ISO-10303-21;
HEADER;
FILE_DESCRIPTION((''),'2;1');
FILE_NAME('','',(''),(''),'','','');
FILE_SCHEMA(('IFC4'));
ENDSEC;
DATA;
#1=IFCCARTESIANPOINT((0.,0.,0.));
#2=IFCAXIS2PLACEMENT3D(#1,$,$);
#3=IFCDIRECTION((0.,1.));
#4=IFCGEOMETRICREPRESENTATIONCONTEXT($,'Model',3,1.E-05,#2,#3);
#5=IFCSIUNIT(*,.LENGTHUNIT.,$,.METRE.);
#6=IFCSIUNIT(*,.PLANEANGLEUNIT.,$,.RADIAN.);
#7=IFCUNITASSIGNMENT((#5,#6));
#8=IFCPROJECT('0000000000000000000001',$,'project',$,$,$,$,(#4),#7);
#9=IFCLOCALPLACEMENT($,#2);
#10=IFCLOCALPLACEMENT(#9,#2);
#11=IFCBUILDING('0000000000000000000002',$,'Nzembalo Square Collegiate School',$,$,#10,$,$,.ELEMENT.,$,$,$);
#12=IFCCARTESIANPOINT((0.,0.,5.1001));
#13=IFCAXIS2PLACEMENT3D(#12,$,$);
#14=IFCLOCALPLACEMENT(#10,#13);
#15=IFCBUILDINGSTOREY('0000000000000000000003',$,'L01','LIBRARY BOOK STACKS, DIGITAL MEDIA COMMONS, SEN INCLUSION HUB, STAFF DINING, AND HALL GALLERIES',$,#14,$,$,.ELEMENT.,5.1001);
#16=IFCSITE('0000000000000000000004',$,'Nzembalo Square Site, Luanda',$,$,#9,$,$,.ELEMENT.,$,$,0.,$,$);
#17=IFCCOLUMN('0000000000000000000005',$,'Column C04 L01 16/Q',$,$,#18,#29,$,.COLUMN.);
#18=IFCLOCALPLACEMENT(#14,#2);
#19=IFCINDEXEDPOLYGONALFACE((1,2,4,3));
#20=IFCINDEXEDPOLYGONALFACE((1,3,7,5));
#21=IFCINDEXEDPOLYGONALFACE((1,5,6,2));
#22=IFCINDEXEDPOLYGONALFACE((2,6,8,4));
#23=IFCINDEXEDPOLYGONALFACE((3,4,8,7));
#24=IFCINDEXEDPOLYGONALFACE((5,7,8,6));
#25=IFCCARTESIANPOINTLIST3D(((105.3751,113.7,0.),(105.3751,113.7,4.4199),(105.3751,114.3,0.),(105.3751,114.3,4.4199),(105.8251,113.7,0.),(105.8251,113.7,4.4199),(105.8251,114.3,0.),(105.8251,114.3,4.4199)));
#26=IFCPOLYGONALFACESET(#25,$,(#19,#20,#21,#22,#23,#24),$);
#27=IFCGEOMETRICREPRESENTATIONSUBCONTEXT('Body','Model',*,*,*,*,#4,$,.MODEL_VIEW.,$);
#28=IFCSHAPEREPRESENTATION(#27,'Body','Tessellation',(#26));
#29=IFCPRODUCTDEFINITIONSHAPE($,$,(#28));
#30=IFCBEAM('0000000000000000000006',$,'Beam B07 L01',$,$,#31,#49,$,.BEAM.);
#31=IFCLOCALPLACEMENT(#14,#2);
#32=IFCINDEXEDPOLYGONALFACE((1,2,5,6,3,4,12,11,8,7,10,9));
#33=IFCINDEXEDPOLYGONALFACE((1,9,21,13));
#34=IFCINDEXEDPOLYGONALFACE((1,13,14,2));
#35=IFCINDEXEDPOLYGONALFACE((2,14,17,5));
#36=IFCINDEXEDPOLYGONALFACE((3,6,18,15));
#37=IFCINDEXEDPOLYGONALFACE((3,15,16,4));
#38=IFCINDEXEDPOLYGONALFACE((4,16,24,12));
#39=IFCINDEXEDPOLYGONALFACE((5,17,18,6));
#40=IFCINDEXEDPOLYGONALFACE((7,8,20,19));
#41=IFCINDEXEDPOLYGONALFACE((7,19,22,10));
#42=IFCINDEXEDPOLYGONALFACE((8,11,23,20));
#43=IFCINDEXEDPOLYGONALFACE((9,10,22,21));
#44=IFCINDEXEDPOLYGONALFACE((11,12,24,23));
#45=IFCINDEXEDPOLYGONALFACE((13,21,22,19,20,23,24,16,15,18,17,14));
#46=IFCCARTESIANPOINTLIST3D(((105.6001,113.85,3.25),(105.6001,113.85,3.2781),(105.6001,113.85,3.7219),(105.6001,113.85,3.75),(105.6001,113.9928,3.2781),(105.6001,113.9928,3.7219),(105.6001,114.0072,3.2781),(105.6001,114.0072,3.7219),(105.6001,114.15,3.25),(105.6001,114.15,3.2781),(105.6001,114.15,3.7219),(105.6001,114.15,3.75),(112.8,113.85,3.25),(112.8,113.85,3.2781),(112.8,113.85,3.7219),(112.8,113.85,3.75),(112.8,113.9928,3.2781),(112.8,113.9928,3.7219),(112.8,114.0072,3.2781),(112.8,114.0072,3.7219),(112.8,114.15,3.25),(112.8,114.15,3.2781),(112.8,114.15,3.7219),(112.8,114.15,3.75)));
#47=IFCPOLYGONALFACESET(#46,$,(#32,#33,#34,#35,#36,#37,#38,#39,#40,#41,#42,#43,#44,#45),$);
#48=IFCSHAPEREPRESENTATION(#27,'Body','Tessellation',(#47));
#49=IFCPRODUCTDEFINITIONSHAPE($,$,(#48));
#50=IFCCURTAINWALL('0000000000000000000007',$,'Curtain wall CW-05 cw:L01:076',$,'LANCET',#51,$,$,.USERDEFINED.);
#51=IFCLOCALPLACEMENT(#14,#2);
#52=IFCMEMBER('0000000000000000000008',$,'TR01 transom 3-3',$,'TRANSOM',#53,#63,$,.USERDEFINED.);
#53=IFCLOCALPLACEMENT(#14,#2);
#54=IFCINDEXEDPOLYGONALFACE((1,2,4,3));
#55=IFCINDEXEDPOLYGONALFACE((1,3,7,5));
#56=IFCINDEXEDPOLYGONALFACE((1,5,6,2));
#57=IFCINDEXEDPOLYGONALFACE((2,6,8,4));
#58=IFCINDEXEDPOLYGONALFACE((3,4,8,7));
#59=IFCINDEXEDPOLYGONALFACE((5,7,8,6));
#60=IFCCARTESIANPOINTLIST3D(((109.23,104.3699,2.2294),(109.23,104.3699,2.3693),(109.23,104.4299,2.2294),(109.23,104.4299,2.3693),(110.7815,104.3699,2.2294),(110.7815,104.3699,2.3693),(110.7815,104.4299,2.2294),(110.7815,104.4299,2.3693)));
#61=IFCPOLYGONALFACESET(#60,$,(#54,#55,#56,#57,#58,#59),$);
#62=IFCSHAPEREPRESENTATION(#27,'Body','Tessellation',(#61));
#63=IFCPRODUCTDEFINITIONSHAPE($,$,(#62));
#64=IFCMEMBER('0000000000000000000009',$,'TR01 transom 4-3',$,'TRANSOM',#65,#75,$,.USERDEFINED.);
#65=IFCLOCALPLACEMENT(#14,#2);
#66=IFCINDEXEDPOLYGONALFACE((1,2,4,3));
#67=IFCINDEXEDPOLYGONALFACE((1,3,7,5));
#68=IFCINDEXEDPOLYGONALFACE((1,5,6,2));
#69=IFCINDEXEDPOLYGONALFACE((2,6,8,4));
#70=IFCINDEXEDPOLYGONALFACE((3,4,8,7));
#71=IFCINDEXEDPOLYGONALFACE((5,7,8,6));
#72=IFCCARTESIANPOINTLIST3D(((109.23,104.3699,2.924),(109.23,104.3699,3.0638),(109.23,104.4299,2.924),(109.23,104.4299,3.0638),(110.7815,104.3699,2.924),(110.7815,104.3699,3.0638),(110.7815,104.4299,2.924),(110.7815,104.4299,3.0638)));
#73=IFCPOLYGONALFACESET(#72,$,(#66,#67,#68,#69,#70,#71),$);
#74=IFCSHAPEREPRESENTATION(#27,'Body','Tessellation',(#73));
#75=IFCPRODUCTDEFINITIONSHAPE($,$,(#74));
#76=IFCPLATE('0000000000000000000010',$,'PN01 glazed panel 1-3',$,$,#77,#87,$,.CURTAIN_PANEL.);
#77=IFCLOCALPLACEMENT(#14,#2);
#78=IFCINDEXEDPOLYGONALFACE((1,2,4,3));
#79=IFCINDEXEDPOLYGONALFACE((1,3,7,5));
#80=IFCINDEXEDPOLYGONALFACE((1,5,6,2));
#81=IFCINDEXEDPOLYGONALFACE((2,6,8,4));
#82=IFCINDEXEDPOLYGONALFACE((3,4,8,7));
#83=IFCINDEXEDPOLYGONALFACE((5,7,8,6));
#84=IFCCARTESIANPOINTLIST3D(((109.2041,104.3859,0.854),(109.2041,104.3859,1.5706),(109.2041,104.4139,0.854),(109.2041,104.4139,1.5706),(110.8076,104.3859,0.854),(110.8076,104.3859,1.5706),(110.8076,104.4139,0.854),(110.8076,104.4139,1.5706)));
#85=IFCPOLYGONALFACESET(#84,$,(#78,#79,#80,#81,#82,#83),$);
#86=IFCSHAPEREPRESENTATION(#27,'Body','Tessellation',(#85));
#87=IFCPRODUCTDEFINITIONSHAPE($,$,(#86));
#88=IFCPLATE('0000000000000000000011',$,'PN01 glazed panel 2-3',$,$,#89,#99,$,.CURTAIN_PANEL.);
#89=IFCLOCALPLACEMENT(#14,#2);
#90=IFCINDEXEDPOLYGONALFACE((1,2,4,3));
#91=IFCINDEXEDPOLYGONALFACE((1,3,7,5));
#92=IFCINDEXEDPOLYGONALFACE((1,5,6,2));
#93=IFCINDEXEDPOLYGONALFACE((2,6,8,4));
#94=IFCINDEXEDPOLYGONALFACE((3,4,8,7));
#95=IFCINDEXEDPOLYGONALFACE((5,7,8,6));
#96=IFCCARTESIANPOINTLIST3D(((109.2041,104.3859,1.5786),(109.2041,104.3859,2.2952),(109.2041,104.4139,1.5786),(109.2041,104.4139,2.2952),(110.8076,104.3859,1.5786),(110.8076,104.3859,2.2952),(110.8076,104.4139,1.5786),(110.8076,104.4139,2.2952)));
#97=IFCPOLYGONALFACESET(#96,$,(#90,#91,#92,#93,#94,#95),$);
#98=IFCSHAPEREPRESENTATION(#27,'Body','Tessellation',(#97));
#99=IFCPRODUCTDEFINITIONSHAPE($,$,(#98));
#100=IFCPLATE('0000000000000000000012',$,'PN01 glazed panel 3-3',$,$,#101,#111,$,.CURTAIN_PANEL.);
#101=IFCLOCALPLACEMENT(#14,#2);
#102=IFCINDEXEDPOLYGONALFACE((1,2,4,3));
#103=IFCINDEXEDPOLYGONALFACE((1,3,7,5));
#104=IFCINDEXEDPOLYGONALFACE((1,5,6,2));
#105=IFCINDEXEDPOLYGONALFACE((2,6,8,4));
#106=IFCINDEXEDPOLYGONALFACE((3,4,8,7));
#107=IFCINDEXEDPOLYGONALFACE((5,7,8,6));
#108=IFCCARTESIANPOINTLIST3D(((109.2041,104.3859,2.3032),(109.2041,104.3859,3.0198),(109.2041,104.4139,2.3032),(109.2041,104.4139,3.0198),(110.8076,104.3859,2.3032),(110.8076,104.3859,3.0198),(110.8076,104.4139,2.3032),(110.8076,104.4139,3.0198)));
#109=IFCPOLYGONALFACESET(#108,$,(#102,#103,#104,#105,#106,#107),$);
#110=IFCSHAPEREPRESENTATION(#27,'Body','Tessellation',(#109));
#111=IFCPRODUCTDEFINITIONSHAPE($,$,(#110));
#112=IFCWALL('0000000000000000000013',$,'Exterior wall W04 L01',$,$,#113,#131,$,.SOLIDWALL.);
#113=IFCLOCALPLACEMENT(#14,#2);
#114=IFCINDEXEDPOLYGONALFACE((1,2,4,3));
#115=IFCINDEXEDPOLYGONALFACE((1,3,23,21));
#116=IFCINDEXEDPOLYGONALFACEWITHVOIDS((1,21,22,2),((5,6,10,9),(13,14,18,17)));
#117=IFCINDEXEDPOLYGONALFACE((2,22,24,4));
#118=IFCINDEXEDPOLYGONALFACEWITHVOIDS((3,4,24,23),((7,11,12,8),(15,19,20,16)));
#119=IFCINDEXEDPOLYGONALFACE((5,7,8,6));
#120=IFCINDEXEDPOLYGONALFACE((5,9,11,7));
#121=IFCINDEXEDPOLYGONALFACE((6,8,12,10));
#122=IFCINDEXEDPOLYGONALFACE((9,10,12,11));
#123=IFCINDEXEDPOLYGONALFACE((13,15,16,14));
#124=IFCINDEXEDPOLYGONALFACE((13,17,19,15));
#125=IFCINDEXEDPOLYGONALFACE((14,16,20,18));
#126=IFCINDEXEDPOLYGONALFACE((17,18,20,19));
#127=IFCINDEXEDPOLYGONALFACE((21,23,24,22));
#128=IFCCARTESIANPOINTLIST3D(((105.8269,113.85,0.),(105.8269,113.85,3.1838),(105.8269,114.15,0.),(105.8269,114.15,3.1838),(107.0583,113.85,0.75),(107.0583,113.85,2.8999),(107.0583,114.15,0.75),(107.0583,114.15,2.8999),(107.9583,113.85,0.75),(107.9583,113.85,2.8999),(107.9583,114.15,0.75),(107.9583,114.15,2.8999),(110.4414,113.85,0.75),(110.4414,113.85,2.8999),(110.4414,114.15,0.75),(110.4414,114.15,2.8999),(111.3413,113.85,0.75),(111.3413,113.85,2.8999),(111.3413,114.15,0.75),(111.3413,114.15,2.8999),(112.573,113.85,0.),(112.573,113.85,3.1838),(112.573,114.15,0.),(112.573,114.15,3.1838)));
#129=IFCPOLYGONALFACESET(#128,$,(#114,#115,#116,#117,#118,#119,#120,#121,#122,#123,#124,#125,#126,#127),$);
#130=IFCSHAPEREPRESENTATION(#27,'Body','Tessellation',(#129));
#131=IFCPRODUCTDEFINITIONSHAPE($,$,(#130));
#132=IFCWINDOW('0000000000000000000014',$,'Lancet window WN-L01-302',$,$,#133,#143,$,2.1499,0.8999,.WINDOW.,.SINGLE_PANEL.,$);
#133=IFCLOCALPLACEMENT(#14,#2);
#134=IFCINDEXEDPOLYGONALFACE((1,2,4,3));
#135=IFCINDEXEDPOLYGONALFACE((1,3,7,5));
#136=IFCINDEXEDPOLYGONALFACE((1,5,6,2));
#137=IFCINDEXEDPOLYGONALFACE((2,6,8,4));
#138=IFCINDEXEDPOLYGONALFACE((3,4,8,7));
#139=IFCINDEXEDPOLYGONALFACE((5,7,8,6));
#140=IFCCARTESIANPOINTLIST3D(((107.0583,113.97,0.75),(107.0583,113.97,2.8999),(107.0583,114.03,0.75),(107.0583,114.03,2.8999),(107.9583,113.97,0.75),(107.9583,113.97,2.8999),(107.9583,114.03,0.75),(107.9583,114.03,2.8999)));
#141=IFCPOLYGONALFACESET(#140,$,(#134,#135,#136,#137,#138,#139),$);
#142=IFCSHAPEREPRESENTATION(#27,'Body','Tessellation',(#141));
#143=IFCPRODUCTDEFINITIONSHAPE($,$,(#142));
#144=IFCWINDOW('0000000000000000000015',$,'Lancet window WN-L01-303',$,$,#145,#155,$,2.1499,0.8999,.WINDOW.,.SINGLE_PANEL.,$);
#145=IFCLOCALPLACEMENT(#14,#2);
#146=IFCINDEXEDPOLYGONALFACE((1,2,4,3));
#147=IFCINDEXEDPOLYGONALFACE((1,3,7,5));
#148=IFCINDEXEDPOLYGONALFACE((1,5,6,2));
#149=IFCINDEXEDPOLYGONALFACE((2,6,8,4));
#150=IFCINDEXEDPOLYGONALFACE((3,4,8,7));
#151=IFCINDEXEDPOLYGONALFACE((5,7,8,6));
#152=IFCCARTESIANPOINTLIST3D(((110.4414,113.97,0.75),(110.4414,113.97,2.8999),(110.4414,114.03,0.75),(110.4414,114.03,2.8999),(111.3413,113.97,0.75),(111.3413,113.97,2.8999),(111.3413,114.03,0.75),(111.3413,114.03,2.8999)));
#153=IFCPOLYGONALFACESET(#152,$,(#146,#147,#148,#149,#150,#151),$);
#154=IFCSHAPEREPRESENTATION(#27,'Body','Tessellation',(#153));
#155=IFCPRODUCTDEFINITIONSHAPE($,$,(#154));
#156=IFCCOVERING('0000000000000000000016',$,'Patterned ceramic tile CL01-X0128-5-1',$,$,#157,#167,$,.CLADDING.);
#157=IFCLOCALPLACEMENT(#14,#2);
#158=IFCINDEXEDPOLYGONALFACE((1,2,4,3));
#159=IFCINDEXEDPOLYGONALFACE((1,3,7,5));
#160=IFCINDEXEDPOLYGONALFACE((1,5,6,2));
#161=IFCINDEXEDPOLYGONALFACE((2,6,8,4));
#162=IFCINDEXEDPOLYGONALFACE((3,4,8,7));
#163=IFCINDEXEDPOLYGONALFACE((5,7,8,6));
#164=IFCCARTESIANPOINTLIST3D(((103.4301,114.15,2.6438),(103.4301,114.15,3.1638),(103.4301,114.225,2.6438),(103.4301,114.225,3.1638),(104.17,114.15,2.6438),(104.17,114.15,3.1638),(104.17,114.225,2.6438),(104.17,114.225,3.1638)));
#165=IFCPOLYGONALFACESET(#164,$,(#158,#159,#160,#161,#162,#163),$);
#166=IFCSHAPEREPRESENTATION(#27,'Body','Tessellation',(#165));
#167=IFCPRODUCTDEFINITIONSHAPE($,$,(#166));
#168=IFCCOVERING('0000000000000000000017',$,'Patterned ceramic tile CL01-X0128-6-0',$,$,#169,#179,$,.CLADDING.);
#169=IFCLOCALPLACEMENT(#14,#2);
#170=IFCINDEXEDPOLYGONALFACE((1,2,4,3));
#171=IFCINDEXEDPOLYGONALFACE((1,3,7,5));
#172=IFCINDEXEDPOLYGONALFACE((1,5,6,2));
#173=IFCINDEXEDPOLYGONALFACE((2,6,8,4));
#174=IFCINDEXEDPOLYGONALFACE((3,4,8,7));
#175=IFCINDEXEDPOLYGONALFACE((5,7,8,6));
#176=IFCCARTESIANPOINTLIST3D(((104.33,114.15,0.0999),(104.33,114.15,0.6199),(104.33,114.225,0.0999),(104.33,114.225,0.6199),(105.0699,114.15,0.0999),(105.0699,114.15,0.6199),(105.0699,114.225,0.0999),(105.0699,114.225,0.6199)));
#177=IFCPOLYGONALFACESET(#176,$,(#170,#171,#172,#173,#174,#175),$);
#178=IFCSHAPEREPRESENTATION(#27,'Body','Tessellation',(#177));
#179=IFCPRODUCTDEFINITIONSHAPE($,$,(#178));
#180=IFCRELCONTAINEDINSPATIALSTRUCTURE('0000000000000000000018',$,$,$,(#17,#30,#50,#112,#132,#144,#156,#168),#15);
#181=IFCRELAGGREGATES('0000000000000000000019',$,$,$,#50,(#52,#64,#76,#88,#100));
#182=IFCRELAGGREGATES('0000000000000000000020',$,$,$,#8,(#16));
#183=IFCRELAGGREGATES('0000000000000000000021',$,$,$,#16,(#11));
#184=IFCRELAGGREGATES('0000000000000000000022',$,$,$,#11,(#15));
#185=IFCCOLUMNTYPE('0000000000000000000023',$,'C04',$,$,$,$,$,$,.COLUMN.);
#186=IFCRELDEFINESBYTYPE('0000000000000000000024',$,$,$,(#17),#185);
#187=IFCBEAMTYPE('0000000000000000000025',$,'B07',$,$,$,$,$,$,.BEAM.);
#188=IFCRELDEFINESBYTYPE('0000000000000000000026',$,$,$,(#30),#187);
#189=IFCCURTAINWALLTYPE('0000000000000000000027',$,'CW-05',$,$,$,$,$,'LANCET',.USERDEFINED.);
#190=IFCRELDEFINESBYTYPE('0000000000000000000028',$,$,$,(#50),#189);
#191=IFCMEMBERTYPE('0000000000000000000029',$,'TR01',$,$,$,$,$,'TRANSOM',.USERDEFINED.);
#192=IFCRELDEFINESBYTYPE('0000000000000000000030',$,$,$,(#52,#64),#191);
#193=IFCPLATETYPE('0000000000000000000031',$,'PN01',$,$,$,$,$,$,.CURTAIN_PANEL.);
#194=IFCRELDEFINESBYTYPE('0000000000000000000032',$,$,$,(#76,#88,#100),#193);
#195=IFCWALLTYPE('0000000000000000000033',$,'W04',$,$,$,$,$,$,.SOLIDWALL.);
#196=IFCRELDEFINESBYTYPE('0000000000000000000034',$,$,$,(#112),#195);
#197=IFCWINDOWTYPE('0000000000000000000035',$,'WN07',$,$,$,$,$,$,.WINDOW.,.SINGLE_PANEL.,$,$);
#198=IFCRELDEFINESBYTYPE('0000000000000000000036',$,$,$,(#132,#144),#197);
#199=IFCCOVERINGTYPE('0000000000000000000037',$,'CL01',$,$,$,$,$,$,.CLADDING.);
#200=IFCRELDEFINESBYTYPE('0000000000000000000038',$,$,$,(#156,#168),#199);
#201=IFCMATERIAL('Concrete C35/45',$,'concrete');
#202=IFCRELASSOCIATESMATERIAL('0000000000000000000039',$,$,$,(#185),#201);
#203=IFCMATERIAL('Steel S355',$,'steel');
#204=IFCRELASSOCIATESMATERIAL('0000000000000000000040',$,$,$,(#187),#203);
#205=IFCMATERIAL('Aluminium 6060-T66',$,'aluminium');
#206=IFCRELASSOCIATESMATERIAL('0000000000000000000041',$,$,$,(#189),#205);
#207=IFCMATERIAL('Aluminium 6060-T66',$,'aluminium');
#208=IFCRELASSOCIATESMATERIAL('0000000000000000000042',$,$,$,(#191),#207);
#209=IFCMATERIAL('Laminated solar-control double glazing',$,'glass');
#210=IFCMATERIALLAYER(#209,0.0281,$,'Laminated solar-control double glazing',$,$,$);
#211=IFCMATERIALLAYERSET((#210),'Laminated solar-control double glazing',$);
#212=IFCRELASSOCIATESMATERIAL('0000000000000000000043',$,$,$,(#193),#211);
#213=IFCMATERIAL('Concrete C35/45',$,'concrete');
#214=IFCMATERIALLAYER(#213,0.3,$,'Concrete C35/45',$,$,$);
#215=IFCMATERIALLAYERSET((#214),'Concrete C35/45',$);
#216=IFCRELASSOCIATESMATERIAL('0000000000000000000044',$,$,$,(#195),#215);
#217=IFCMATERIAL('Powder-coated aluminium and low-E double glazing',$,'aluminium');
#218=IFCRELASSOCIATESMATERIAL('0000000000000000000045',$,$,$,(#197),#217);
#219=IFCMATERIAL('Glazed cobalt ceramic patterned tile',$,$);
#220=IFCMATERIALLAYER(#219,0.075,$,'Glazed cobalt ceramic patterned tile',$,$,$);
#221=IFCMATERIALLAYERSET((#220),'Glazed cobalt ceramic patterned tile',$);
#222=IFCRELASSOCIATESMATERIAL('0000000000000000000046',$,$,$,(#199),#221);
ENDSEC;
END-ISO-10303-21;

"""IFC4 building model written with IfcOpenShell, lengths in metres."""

from ifc_helpers import new_model, si_unit, direction, frame, frame_2d, origin, origin_2d, place, context, subcontext, project, spatial, rectangle, i_section, extrude, material, layer, layer_set, material_profile, profile_set, type_object, element, fill, aggregate, save


model = new_model("IFC4")

# Units and contexts
model_context = context("Model", 3, precision=1e-05, world=origin(), true_north=direction((0.0, 1.0)))
body_context = subcontext(model_context, "Body", "Model", "MODEL_VIEW")
ifc_project = project(units=[si_unit("LENGTHUNIT", "METRE"), si_unit("PLANEANGLEUNIT", "RADIAN")], contexts=[model_context])

# Site, building, storey
site_placement = place(None, origin())
site = spatial("IfcSite", under=ifc_project, at=site_placement, Name="Nzembalo Square Site, Luanda", CompositionType="ELEMENT", RefElevation=0.0)
building_placement = place(site_placement, origin())
building = spatial("IfcBuilding", under=site, at=building_placement, Name="Nzembalo Square Collegiate School", CompositionType="ELEMENT")
storey_placement = place(building_placement, frame((0.0, 0.0, 5.1001)))
storey = spatial("IfcBuildingStorey", under=building, at=storey_placement, Name="L01", Description="LIBRARY BOOK STACKS, DIGITAL MEDIA COMMONS, SEN INCLUSION HUB, STAFF DINING, AND HALL GALLERIES", CompositionType="ELEMENT", Elevation=5.1001)

# Column
ifc_material_1 = material(Name="Concrete C35/45", Category="concrete")
ifc_material_profile_1 = material_profile(ifc_material_1, rectangle(XDim=0.45, YDim=0.6001, at=origin_2d()), Name="RC 450x600")
ifc_profile_set_1 = profile_set([ifc_material_profile_1], Name="Concrete C35/45")
column_type = type_object("IfcColumnType", Name="C04", PredefinedType="COLUMN", material=ifc_profile_set_1)
column_placement = place(storey_placement, frame((105.6001, 114.0, 0.0), z_axis=(0.0, 0.0, 1.0), x_axis=(1.0, 0.0, 0.0)))
element("IfcColumn", 1, at=column_placement, inside=storey, type_object=column_type, Name="Column C04 L01 16/Q", PredefinedType="COLUMN", context=body_context, shape_type="SweptSolid", body=[
    extrude(rectangle(XDim=0.45, YDim=0.6001, at=origin_2d()), origin(), (0.0, 0.0, 1.0), 4.4199),
])

# Beam
ifc_material_2 = material(Name="Steel S355", Category="steel")
ifc_material_profile_2 = material_profile(ifc_material_2, i_section(OverallWidth=0.3, OverallDepth=0.5, WebThickness=0.0144, FlangeThickness=0.0281, at=origin_2d()), Name="HEB 500")
ifc_profile_set_2 = profile_set([ifc_material_profile_2], Name="Steel S355")
beam_type = type_object("IfcBeamType", Name="B07", PredefinedType="BEAM", material=ifc_profile_set_2)
beam_placement = place(storey_placement, frame((105.6001, 114.0, 3.5), z_axis=(1.0, 0.0, 0.0), x_axis=(0.0, 1.0, 0.0)))
element("IfcBeam", 2, at=beam_placement, inside=storey, type_object=beam_type, Name="Beam B07 L01", PredefinedType="BEAM", context=body_context, shape_type="SweptSolid", body=[
    extrude(i_section(OverallWidth=0.3, OverallDepth=0.5, WebThickness=0.0144, FlangeThickness=0.0281, at=origin_2d()), origin(), (0.0, 0.0, 1.0), 7.2),
])

# Curtain wall, members, plates
ifc_material_3 = material(Name="Aluminium 6060-T66", Category="aluminium")
curtain_wall_type = type_object("IfcCurtainWallType", Name="CW-05", ElementType="LANCET", PredefinedType="USERDEFINED", material=ifc_material_3)
curtain_wall_placement = place(storey_placement, origin())
curtain_wall = element("IfcCurtainWall", 3, at=curtain_wall_placement, inside=storey, type_object=curtain_wall_type, Name="Curtain wall CW-05 cw:L01:076", ObjectType="LANCET", PredefinedType="USERDEFINED")
ifc_material_4 = material(Name="Aluminium 6060-T66", Category="aluminium")
ifc_material_profile_3 = material_profile(ifc_material_4, rectangle(XDim=0.0601, YDim=0.1399, at=origin_2d()), Name="ALU T60x140")
ifc_profile_set_3 = profile_set([ifc_material_profile_3], Name="Aluminium 6060-T66")
member_type = type_object("IfcMemberType", Name="TR01", ElementType="TRANSOM", PredefinedType="USERDEFINED", material=ifc_profile_set_3)
member_1_placement = place(storey_placement, frame((109.23, 104.3999, 2.2993), z_axis=(1.0, 0.0, 0.0), x_axis=(0.0, 1.0, 0.0)))
member_1 = element("IfcMember", 4, at=member_1_placement, type_object=member_type, Name="TR01 transom 3-3", ObjectType="TRANSOM", PredefinedType="USERDEFINED", context=body_context, shape_type="SweptSolid", body=[
    extrude(rectangle(XDim=0.0601, YDim=0.1399, at=origin_2d()), origin(), (0.0, 0.0, 1.0), 1.5515),
])
member_2_placement = place(storey_placement, frame((109.23, 104.3999, 2.9939), z_axis=(1.0, 0.0, 0.0), x_axis=(0.0, 1.0, 0.0)))
member_2 = element("IfcMember", 5, at=member_2_placement, type_object=member_type, Name="TR01 transom 4-3", ObjectType="TRANSOM", PredefinedType="USERDEFINED", context=body_context, shape_type="SweptSolid", body=[
    extrude(rectangle(XDim=0.0601, YDim=0.1399, at=origin_2d()), origin(), (0.0, 0.0, 1.0), 1.5515),
])
ifc_material_5 = material(Name="Laminated solar-control double glazing", Category="glass")
ifc_layer_1 = layer(ifc_material_5, 0.0281, Name="Laminated solar-control double glazing")
ifc_layer_set_1 = layer_set([ifc_layer_1], Name="Laminated solar-control double glazing")
plate_type = type_object("IfcPlateType", Name="PN01", PredefinedType="CURTAIN_PANEL", material=ifc_layer_set_1)
plate_1_placement = place(storey_placement, frame((110.0059, 104.3999, 0.854), z_axis=(0.0, 0.0, 1.0), x_axis=(1.0, 0.0, 0.0)))
plate_1 = element("IfcPlate", 6, at=plate_1_placement, type_object=plate_type, Name="PN01 glazed panel 1-3", PredefinedType="CURTAIN_PANEL", context=body_context, shape_type="SweptSolid", body=[
    extrude(rectangle(XDim=1.6035, YDim=0.0281, at=origin_2d()), origin(), (0.0, 0.0, 1.0), 0.7166),
])
plate_2_placement = place(storey_placement, frame((110.0059, 104.3999, 1.5786), z_axis=(0.0, 0.0, 1.0), x_axis=(1.0, 0.0, 0.0)))
plate_2 = element("IfcPlate", 7, at=plate_2_placement, type_object=plate_type, Name="PN01 glazed panel 2-3", PredefinedType="CURTAIN_PANEL", context=body_context, shape_type="SweptSolid", body=[
    extrude(rectangle(XDim=1.6035, YDim=0.0281, at=origin_2d()), origin(), (0.0, 0.0, 1.0), 0.7166),
])
plate_3_placement = place(storey_placement, frame((110.0059, 104.3999, 2.3032), z_axis=(0.0, 0.0, 1.0), x_axis=(1.0, 0.0, 0.0)))
plate_3 = element("IfcPlate", 8, at=plate_3_placement, type_object=plate_type, Name="PN01 glazed panel 3-3", PredefinedType="CURTAIN_PANEL", context=body_context, shape_type="SweptSolid", body=[
    extrude(rectangle(XDim=1.6035, YDim=0.0281, at=origin_2d()), origin(), (0.0, 0.0, 1.0), 0.7166),
])
aggregate(curtain_wall, [member_1, member_2, plate_1, plate_2, plate_3])

# Wall, openings, windows
ifc_material_6 = material(Name="Concrete C35/45", Category="concrete")
ifc_layer_2 = layer(ifc_material_6, 0.3, Name="Concrete C35/45")
ifc_layer_set_2 = layer_set([ifc_layer_2], Name="Concrete C35/45")
wall_type = type_object("IfcWallType", Name="W04", PredefinedType="SOLIDWALL", material=ifc_layer_set_2)
wall_placement = place(storey_placement, frame((105.8269, 114.0, 0.0), z_axis=(0.0, 0.0, 1.0), x_axis=(1.0, 0.0, 0.0)))
wall = element("IfcWall", 9, at=wall_placement, inside=storey, type_object=wall_type, Name="Exterior wall W04 L01", PredefinedType="SOLIDWALL", context=body_context, shape_type="SweptSolid", body=[
    extrude(rectangle(XDim=6.7461, YDim=0.3, at=frame_2d((3.373, 0.0))), origin(), (0.0, 0.0, 1.0), 3.1838),
])
opening_1_placement = place(wall_placement, frame((1.2314, 0.0, 0.75)))
opening_1 = element("IfcOpeningElement", 10, at=opening_1_placement, cuts=wall, PredefinedType="OPENING", context=body_context, shape_type="SweptSolid", body=[
    extrude(rectangle(XDim=0.8999, YDim=2.1499, at=frame_2d((0.45, 1.075))), frame((0.0, 0.1602, 0.0), z_axis=(0.0, -1.0, 0.0), x_axis=(1.0, 0.0, 0.0)), (0.0, 0.0, 1.0), 0.3201),
])
opening_2_placement = place(wall_placement, frame((4.6145, 0.0, 0.75)))
opening_2 = element("IfcOpeningElement", 11, at=opening_2_placement, cuts=wall, PredefinedType="OPENING", context=body_context, shape_type="SweptSolid", body=[
    extrude(rectangle(XDim=0.8999, YDim=2.1499, at=frame_2d((0.45, 1.075))), frame((0.0, 0.1602, 0.0), z_axis=(0.0, -1.0, 0.0), x_axis=(1.0, 0.0, 0.0)), (0.0, 0.0, 1.0), 0.3201),
])
ifc_material_7 = material(Name="Powder-coated aluminium and low-E double glazing", Category="aluminium")
window_type = type_object("IfcWindowType", Name="WN07", PartitioningType="SINGLE_PANEL", PredefinedType="WINDOW", material=ifc_material_7)
window_1_placement = place(opening_1_placement, origin())
window_1 = element("IfcWindow", 12, at=window_1_placement, inside=storey, type_object=window_type, Name="Lancet window WN-L01-302", OverallHeight=2.1499, OverallWidth=0.8999, PartitioningType="SINGLE_PANEL", PredefinedType="WINDOW", context=body_context, shape_type="SweptSolid", body=[
    extrude(rectangle(XDim=0.8999, YDim=2.1499, at=frame_2d((0.45, 1.075))), frame((0.0, 0.03, 0.0), z_axis=(0.0, -1.0, 0.0), x_axis=(1.0, 0.0, 0.0)), (0.0, 0.0, 1.0), 0.0601),
])
fill(opening_1, window_1)
window_2_placement = place(opening_2_placement, origin())
window_2 = element("IfcWindow", 13, at=window_2_placement, inside=storey, type_object=window_type, Name="Lancet window WN-L01-303", OverallHeight=2.1499, OverallWidth=0.8999, PartitioningType="SINGLE_PANEL", PredefinedType="WINDOW", context=body_context, shape_type="SweptSolid", body=[
    extrude(rectangle(XDim=0.8999, YDim=2.1499, at=frame_2d((0.45, 1.075))), frame((0.0, 0.03, 0.0), z_axis=(0.0, -1.0, 0.0), x_axis=(1.0, 0.0, 0.0)), (0.0, 0.0, 1.0), 0.0601),
])
fill(opening_2, window_2)

# Coverings
ifc_material_8 = material(Name="Glazed cobalt ceramic patterned tile")
ifc_layer_3 = layer(ifc_material_8, 0.075, Name="Glazed cobalt ceramic patterned tile")
ifc_layer_set_3 = layer_set([ifc_layer_3], Name="Glazed cobalt ceramic patterned tile")
covering_type_1 = type_object("IfcCoveringType", Name="CL01", PredefinedType="CLADDING", material=ifc_layer_set_3)
for number, where, z_axis, x_axis, name in (
    (14, (103.8, 114.1875, 2.6438), (0.0, 0.0, 1.0), (1.0, 0.0, 0.0), "Patterned ceramic tile CL01-X0128-5-1"),
    (15, (104.7, 114.1875, 0.0999), (0.0, 0.0, 1.0), (1.0, 0.0, 0.0), "Patterned ceramic tile CL01-X0128-6-0"),
):
    element("IfcCovering", number, at=place(storey_placement, frame(where, z_axis=z_axis, x_axis=x_axis)), inside=storey, type_object=covering_type_1, Name=name, PredefinedType="CLADDING", context=body_context, shape_type="SweptSolid", body=[
        extrude(rectangle(XDim=0.74, YDim=0.075, at=origin_2d()), origin(), (0.0, 0.0, 1.0), 0.52),
    ])

save(model, "model.ifc")
